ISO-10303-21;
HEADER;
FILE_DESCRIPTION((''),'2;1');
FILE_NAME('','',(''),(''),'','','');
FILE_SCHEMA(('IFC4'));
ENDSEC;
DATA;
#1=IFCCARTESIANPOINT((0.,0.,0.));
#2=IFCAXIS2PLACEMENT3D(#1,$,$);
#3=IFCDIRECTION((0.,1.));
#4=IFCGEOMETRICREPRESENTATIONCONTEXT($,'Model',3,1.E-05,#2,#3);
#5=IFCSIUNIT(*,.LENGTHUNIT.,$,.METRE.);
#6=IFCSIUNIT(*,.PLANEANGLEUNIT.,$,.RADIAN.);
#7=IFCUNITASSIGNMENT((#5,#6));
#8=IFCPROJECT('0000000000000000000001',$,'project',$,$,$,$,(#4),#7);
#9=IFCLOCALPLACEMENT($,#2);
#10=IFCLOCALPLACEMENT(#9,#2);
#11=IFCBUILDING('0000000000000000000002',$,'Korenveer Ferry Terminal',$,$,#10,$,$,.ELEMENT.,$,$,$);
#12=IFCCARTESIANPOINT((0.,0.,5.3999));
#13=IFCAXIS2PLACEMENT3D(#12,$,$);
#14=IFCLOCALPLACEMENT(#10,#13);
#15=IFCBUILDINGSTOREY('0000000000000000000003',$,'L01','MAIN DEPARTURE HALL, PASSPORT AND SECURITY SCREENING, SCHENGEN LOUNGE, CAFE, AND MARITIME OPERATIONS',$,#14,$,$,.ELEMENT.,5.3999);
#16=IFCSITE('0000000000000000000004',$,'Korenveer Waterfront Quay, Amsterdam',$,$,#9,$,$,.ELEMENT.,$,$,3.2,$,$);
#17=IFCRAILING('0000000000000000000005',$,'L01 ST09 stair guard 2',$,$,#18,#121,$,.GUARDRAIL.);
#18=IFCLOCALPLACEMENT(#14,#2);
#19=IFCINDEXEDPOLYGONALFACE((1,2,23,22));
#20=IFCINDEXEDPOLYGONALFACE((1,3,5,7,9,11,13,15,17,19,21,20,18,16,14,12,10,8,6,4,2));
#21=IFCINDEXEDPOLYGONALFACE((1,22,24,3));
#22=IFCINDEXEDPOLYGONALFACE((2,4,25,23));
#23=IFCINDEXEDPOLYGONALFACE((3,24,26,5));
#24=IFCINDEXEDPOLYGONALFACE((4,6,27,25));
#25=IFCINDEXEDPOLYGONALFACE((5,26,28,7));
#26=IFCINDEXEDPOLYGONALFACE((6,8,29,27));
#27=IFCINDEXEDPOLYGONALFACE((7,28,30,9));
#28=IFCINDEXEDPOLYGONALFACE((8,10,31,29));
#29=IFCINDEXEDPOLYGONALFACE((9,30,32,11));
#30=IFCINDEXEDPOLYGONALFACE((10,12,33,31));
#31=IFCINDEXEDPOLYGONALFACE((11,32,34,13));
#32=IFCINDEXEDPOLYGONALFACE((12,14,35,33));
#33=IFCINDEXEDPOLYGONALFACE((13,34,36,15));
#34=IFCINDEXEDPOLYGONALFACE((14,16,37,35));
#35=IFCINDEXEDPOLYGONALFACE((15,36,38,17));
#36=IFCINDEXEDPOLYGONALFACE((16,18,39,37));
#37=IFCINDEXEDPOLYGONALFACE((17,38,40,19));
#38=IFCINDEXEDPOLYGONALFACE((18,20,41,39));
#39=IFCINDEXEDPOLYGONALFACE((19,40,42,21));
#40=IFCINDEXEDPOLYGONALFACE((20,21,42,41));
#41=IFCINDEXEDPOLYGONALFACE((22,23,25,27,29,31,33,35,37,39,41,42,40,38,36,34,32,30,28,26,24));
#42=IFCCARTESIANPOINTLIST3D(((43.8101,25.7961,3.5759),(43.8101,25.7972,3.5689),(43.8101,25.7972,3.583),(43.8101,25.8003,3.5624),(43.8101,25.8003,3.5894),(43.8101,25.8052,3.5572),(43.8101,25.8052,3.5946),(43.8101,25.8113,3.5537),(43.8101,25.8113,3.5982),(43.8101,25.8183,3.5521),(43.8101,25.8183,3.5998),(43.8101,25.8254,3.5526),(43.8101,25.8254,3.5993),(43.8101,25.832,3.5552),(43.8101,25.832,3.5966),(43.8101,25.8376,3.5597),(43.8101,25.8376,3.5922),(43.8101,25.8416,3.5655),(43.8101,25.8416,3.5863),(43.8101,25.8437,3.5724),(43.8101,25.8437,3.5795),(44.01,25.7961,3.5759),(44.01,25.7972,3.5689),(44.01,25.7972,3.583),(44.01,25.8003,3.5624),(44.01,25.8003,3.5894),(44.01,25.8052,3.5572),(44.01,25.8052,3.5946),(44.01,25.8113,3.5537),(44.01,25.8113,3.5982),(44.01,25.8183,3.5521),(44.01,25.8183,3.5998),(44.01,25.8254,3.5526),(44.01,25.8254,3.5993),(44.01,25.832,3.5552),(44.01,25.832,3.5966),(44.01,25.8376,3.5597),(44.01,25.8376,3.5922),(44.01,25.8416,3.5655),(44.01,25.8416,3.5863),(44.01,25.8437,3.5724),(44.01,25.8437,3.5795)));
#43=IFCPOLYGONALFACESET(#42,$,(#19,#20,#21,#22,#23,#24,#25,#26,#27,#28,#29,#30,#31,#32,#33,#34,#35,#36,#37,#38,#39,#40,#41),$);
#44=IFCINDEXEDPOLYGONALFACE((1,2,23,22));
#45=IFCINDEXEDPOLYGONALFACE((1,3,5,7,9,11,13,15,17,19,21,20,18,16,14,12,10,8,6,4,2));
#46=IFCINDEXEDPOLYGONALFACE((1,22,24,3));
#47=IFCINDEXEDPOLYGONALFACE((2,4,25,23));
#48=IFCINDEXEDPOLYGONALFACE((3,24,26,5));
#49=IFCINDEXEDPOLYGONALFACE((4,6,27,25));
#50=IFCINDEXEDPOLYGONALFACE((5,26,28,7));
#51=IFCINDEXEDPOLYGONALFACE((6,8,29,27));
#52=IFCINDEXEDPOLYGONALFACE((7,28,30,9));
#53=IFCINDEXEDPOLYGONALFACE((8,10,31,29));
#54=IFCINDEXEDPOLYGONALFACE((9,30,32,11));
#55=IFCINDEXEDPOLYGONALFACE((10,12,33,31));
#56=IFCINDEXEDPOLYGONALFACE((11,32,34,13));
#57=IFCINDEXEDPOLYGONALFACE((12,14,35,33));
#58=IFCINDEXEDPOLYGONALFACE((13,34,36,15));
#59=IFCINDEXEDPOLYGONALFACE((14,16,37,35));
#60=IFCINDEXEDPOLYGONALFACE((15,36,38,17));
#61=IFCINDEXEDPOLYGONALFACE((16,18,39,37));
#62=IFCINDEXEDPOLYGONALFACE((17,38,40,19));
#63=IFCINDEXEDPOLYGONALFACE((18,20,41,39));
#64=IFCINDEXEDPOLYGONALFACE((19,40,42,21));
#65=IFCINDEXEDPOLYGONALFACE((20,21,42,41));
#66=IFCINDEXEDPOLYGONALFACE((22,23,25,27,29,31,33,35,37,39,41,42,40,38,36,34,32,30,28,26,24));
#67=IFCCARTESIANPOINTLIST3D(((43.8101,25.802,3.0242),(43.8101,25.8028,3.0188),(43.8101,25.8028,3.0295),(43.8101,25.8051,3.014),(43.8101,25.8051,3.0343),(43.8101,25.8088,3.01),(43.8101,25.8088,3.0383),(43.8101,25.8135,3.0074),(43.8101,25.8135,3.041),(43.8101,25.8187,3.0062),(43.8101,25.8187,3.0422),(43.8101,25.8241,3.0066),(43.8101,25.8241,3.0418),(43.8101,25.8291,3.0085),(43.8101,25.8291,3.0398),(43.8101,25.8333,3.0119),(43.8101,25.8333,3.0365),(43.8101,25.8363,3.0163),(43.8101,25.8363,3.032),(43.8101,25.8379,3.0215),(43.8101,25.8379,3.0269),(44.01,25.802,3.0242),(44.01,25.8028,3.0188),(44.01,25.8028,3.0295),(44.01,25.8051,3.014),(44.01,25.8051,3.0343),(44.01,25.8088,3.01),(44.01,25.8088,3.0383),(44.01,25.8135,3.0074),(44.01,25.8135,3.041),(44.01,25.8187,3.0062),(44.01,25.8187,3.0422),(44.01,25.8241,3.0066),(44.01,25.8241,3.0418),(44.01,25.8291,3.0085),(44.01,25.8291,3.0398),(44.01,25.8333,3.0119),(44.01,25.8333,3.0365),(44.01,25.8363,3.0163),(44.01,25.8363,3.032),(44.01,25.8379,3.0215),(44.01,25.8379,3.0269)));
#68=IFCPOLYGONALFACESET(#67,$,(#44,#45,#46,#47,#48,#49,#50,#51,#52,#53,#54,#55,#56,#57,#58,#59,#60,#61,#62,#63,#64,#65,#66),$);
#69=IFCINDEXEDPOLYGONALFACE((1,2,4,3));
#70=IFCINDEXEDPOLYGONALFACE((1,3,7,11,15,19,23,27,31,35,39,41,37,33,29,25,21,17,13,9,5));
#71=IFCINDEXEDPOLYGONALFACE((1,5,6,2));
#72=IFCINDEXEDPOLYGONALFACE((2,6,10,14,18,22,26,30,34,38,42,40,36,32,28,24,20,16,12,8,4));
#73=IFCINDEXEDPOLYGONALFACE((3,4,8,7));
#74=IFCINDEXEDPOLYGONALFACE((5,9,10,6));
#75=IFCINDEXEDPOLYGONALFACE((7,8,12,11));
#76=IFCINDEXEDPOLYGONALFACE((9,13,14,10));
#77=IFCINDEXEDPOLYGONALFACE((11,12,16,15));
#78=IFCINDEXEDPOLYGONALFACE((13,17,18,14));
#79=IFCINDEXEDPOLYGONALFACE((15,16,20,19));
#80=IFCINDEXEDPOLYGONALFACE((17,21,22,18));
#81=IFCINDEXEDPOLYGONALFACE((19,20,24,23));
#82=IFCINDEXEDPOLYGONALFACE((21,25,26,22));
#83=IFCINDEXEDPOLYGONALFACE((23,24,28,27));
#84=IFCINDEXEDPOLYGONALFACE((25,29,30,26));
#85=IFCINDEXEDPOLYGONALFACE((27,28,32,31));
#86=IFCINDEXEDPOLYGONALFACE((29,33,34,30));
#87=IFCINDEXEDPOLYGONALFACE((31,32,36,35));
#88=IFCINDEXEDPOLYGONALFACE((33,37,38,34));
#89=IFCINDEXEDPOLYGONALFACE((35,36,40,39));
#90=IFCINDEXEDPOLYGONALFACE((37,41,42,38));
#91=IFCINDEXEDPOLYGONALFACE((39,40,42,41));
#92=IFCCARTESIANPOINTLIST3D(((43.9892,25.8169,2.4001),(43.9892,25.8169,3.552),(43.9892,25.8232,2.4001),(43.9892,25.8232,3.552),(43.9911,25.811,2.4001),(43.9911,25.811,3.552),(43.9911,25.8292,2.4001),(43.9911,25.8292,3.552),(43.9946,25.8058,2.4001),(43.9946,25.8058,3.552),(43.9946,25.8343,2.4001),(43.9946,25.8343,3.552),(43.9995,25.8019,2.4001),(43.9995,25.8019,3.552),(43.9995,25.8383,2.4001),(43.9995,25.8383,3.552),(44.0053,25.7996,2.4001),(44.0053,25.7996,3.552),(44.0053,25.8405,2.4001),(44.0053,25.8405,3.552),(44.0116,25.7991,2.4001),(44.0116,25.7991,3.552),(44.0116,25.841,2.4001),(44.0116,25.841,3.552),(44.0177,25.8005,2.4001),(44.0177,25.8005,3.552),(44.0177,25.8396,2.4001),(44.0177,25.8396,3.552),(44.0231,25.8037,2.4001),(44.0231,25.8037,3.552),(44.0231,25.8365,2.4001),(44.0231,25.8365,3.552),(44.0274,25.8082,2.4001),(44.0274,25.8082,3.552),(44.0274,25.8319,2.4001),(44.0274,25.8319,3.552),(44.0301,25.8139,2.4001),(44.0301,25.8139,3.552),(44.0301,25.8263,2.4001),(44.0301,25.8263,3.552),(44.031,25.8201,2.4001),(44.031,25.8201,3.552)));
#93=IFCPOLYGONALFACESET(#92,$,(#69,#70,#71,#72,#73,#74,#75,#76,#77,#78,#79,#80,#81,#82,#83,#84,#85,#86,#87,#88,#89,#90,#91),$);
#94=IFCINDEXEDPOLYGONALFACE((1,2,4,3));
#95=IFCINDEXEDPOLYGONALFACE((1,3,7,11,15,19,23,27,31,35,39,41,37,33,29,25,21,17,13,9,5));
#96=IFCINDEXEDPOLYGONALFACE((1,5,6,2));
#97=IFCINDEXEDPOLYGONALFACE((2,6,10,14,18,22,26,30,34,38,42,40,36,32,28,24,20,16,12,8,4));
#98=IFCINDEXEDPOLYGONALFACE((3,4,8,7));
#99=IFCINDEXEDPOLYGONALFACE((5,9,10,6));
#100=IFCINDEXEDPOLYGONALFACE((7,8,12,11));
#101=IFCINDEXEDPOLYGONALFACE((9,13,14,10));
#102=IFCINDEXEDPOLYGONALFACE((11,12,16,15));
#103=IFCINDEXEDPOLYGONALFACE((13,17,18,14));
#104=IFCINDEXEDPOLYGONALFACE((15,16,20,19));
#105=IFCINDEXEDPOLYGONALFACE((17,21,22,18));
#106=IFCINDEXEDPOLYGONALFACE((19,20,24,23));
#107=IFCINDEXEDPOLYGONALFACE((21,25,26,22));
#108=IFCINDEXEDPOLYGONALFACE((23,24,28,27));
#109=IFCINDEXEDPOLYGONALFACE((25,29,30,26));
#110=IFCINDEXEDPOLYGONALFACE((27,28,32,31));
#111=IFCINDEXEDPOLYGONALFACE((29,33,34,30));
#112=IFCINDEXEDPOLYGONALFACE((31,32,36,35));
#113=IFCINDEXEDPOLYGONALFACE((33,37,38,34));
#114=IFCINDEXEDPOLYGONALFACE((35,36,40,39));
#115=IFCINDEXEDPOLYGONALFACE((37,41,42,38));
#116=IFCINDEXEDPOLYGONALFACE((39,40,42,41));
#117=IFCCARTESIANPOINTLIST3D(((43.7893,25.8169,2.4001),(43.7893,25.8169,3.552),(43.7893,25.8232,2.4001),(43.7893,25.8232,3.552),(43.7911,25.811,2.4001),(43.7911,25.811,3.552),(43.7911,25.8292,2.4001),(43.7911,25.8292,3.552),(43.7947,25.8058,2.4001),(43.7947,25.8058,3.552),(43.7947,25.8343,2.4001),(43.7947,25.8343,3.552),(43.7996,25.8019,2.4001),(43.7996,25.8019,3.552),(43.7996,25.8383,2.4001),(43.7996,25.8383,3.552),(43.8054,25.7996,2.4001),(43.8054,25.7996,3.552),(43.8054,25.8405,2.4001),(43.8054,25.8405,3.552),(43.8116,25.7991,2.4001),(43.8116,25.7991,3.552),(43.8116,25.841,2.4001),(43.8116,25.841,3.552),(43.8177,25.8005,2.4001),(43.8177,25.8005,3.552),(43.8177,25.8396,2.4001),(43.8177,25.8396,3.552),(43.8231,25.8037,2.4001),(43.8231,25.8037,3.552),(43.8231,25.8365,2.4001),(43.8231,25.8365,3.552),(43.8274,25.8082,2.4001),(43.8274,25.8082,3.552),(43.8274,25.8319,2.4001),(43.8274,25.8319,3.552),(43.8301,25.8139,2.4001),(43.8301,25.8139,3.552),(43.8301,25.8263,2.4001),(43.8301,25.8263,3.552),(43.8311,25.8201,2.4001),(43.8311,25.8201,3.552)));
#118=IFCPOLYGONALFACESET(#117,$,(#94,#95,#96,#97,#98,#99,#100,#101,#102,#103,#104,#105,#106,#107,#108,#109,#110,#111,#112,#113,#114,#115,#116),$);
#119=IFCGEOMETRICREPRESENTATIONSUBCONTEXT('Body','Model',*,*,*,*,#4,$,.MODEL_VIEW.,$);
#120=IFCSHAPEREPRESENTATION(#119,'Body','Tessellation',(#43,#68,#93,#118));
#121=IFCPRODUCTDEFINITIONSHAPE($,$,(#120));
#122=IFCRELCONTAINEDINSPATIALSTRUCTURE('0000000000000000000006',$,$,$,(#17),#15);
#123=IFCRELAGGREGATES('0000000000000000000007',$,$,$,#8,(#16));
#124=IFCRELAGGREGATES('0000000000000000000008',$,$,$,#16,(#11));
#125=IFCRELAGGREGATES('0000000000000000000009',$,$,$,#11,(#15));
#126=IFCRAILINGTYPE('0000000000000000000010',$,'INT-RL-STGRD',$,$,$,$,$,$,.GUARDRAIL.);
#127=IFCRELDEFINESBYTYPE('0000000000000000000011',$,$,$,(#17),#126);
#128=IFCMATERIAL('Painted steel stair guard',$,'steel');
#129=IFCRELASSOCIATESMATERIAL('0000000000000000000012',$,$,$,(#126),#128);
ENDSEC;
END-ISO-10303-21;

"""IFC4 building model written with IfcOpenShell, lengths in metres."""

from ifc_helpers import new_model, si_unit, direction, frame, origin, origin_2d, place, context, subcontext, project, spatial, circle, extrude, material, type_object, element, save


model = new_model("IFC4")

# Units and contexts
model_context = context("Model", 3, precision=1e-05, world=origin(), true_north=direction((0.0, 1.0)))
body_context = subcontext(model_context, "Body", "Model", "MODEL_VIEW")
ifc_project = project(units=[si_unit("LENGTHUNIT", "METRE"), si_unit("PLANEANGLEUNIT", "RADIAN")], contexts=[model_context])

# Site, building, storey
site_placement = place(None, origin())
site = spatial("IfcSite", under=ifc_project, at=site_placement, Name="Korenveer Waterfront Quay, Amsterdam", CompositionType="ELEMENT", RefElevation=3.2)
building_placement = place(site_placement, origin())
building = spatial("IfcBuilding", under=site, at=building_placement, Name="Korenveer Ferry Terminal", CompositionType="ELEMENT")
storey_placement = place(building_placement, frame((0.0, 0.0, 5.3999)))
storey = spatial("IfcBuildingStorey", under=building, at=storey_placement, Name="L01", Description="MAIN DEPARTURE HALL, PASSPORT AND SECURITY SCREENING, SCHENGEN LOUNGE, CAFE, AND MARITIME OPERATIONS", CompositionType="ELEMENT", Elevation=5.3999)

# Railing
ifc_material_1 = material(Name="Painted steel stair guard", Category="steel")
railing_type_1 = type_object("IfcRailingType", Name="INT-RL-STGRD", PredefinedType="GUARDRAIL", material=ifc_material_1)
railing_1_placement = place(storey_placement, frame((44.01, 25.8201, 2.4001)))
element("IfcRailing", 1, at=railing_1_placement, inside=storey, type_object=railing_type_1, Name="L01 ST09 stair guard 2", PredefinedType="GUARDRAIL", context=body_context, shape_type="SweptSolid", body=[
    extrude(circle(Radius=0.0239, at=origin_2d()), frame((0.0, 0.0, 1.1758), z_axis=(-1.0, 0.0, 0.0), x_axis=(0.0, -1.0, 0.0)), (0.0, 0.0, 1.0), 0.2),
    extrude(circle(Radius=0.0181, at=origin_2d()), frame((0.0, 0.0, 0.624), z_axis=(-1.0, 0.0, 0.0), x_axis=(0.0, -1.0, 0.0)), (0.0, 0.0, 1.0), 0.2),
    extrude(circle(Radius=0.021, at=origin_2d()), origin(), (0.0, 0.0, 1.0), 1.1519),
    extrude(circle(Radius=0.021, at=origin_2d()), frame((-0.2, 0.0, 0.0)), (0.0, 0.0, 1.0), 1.1519),
])

save(model, "model.ifc")
